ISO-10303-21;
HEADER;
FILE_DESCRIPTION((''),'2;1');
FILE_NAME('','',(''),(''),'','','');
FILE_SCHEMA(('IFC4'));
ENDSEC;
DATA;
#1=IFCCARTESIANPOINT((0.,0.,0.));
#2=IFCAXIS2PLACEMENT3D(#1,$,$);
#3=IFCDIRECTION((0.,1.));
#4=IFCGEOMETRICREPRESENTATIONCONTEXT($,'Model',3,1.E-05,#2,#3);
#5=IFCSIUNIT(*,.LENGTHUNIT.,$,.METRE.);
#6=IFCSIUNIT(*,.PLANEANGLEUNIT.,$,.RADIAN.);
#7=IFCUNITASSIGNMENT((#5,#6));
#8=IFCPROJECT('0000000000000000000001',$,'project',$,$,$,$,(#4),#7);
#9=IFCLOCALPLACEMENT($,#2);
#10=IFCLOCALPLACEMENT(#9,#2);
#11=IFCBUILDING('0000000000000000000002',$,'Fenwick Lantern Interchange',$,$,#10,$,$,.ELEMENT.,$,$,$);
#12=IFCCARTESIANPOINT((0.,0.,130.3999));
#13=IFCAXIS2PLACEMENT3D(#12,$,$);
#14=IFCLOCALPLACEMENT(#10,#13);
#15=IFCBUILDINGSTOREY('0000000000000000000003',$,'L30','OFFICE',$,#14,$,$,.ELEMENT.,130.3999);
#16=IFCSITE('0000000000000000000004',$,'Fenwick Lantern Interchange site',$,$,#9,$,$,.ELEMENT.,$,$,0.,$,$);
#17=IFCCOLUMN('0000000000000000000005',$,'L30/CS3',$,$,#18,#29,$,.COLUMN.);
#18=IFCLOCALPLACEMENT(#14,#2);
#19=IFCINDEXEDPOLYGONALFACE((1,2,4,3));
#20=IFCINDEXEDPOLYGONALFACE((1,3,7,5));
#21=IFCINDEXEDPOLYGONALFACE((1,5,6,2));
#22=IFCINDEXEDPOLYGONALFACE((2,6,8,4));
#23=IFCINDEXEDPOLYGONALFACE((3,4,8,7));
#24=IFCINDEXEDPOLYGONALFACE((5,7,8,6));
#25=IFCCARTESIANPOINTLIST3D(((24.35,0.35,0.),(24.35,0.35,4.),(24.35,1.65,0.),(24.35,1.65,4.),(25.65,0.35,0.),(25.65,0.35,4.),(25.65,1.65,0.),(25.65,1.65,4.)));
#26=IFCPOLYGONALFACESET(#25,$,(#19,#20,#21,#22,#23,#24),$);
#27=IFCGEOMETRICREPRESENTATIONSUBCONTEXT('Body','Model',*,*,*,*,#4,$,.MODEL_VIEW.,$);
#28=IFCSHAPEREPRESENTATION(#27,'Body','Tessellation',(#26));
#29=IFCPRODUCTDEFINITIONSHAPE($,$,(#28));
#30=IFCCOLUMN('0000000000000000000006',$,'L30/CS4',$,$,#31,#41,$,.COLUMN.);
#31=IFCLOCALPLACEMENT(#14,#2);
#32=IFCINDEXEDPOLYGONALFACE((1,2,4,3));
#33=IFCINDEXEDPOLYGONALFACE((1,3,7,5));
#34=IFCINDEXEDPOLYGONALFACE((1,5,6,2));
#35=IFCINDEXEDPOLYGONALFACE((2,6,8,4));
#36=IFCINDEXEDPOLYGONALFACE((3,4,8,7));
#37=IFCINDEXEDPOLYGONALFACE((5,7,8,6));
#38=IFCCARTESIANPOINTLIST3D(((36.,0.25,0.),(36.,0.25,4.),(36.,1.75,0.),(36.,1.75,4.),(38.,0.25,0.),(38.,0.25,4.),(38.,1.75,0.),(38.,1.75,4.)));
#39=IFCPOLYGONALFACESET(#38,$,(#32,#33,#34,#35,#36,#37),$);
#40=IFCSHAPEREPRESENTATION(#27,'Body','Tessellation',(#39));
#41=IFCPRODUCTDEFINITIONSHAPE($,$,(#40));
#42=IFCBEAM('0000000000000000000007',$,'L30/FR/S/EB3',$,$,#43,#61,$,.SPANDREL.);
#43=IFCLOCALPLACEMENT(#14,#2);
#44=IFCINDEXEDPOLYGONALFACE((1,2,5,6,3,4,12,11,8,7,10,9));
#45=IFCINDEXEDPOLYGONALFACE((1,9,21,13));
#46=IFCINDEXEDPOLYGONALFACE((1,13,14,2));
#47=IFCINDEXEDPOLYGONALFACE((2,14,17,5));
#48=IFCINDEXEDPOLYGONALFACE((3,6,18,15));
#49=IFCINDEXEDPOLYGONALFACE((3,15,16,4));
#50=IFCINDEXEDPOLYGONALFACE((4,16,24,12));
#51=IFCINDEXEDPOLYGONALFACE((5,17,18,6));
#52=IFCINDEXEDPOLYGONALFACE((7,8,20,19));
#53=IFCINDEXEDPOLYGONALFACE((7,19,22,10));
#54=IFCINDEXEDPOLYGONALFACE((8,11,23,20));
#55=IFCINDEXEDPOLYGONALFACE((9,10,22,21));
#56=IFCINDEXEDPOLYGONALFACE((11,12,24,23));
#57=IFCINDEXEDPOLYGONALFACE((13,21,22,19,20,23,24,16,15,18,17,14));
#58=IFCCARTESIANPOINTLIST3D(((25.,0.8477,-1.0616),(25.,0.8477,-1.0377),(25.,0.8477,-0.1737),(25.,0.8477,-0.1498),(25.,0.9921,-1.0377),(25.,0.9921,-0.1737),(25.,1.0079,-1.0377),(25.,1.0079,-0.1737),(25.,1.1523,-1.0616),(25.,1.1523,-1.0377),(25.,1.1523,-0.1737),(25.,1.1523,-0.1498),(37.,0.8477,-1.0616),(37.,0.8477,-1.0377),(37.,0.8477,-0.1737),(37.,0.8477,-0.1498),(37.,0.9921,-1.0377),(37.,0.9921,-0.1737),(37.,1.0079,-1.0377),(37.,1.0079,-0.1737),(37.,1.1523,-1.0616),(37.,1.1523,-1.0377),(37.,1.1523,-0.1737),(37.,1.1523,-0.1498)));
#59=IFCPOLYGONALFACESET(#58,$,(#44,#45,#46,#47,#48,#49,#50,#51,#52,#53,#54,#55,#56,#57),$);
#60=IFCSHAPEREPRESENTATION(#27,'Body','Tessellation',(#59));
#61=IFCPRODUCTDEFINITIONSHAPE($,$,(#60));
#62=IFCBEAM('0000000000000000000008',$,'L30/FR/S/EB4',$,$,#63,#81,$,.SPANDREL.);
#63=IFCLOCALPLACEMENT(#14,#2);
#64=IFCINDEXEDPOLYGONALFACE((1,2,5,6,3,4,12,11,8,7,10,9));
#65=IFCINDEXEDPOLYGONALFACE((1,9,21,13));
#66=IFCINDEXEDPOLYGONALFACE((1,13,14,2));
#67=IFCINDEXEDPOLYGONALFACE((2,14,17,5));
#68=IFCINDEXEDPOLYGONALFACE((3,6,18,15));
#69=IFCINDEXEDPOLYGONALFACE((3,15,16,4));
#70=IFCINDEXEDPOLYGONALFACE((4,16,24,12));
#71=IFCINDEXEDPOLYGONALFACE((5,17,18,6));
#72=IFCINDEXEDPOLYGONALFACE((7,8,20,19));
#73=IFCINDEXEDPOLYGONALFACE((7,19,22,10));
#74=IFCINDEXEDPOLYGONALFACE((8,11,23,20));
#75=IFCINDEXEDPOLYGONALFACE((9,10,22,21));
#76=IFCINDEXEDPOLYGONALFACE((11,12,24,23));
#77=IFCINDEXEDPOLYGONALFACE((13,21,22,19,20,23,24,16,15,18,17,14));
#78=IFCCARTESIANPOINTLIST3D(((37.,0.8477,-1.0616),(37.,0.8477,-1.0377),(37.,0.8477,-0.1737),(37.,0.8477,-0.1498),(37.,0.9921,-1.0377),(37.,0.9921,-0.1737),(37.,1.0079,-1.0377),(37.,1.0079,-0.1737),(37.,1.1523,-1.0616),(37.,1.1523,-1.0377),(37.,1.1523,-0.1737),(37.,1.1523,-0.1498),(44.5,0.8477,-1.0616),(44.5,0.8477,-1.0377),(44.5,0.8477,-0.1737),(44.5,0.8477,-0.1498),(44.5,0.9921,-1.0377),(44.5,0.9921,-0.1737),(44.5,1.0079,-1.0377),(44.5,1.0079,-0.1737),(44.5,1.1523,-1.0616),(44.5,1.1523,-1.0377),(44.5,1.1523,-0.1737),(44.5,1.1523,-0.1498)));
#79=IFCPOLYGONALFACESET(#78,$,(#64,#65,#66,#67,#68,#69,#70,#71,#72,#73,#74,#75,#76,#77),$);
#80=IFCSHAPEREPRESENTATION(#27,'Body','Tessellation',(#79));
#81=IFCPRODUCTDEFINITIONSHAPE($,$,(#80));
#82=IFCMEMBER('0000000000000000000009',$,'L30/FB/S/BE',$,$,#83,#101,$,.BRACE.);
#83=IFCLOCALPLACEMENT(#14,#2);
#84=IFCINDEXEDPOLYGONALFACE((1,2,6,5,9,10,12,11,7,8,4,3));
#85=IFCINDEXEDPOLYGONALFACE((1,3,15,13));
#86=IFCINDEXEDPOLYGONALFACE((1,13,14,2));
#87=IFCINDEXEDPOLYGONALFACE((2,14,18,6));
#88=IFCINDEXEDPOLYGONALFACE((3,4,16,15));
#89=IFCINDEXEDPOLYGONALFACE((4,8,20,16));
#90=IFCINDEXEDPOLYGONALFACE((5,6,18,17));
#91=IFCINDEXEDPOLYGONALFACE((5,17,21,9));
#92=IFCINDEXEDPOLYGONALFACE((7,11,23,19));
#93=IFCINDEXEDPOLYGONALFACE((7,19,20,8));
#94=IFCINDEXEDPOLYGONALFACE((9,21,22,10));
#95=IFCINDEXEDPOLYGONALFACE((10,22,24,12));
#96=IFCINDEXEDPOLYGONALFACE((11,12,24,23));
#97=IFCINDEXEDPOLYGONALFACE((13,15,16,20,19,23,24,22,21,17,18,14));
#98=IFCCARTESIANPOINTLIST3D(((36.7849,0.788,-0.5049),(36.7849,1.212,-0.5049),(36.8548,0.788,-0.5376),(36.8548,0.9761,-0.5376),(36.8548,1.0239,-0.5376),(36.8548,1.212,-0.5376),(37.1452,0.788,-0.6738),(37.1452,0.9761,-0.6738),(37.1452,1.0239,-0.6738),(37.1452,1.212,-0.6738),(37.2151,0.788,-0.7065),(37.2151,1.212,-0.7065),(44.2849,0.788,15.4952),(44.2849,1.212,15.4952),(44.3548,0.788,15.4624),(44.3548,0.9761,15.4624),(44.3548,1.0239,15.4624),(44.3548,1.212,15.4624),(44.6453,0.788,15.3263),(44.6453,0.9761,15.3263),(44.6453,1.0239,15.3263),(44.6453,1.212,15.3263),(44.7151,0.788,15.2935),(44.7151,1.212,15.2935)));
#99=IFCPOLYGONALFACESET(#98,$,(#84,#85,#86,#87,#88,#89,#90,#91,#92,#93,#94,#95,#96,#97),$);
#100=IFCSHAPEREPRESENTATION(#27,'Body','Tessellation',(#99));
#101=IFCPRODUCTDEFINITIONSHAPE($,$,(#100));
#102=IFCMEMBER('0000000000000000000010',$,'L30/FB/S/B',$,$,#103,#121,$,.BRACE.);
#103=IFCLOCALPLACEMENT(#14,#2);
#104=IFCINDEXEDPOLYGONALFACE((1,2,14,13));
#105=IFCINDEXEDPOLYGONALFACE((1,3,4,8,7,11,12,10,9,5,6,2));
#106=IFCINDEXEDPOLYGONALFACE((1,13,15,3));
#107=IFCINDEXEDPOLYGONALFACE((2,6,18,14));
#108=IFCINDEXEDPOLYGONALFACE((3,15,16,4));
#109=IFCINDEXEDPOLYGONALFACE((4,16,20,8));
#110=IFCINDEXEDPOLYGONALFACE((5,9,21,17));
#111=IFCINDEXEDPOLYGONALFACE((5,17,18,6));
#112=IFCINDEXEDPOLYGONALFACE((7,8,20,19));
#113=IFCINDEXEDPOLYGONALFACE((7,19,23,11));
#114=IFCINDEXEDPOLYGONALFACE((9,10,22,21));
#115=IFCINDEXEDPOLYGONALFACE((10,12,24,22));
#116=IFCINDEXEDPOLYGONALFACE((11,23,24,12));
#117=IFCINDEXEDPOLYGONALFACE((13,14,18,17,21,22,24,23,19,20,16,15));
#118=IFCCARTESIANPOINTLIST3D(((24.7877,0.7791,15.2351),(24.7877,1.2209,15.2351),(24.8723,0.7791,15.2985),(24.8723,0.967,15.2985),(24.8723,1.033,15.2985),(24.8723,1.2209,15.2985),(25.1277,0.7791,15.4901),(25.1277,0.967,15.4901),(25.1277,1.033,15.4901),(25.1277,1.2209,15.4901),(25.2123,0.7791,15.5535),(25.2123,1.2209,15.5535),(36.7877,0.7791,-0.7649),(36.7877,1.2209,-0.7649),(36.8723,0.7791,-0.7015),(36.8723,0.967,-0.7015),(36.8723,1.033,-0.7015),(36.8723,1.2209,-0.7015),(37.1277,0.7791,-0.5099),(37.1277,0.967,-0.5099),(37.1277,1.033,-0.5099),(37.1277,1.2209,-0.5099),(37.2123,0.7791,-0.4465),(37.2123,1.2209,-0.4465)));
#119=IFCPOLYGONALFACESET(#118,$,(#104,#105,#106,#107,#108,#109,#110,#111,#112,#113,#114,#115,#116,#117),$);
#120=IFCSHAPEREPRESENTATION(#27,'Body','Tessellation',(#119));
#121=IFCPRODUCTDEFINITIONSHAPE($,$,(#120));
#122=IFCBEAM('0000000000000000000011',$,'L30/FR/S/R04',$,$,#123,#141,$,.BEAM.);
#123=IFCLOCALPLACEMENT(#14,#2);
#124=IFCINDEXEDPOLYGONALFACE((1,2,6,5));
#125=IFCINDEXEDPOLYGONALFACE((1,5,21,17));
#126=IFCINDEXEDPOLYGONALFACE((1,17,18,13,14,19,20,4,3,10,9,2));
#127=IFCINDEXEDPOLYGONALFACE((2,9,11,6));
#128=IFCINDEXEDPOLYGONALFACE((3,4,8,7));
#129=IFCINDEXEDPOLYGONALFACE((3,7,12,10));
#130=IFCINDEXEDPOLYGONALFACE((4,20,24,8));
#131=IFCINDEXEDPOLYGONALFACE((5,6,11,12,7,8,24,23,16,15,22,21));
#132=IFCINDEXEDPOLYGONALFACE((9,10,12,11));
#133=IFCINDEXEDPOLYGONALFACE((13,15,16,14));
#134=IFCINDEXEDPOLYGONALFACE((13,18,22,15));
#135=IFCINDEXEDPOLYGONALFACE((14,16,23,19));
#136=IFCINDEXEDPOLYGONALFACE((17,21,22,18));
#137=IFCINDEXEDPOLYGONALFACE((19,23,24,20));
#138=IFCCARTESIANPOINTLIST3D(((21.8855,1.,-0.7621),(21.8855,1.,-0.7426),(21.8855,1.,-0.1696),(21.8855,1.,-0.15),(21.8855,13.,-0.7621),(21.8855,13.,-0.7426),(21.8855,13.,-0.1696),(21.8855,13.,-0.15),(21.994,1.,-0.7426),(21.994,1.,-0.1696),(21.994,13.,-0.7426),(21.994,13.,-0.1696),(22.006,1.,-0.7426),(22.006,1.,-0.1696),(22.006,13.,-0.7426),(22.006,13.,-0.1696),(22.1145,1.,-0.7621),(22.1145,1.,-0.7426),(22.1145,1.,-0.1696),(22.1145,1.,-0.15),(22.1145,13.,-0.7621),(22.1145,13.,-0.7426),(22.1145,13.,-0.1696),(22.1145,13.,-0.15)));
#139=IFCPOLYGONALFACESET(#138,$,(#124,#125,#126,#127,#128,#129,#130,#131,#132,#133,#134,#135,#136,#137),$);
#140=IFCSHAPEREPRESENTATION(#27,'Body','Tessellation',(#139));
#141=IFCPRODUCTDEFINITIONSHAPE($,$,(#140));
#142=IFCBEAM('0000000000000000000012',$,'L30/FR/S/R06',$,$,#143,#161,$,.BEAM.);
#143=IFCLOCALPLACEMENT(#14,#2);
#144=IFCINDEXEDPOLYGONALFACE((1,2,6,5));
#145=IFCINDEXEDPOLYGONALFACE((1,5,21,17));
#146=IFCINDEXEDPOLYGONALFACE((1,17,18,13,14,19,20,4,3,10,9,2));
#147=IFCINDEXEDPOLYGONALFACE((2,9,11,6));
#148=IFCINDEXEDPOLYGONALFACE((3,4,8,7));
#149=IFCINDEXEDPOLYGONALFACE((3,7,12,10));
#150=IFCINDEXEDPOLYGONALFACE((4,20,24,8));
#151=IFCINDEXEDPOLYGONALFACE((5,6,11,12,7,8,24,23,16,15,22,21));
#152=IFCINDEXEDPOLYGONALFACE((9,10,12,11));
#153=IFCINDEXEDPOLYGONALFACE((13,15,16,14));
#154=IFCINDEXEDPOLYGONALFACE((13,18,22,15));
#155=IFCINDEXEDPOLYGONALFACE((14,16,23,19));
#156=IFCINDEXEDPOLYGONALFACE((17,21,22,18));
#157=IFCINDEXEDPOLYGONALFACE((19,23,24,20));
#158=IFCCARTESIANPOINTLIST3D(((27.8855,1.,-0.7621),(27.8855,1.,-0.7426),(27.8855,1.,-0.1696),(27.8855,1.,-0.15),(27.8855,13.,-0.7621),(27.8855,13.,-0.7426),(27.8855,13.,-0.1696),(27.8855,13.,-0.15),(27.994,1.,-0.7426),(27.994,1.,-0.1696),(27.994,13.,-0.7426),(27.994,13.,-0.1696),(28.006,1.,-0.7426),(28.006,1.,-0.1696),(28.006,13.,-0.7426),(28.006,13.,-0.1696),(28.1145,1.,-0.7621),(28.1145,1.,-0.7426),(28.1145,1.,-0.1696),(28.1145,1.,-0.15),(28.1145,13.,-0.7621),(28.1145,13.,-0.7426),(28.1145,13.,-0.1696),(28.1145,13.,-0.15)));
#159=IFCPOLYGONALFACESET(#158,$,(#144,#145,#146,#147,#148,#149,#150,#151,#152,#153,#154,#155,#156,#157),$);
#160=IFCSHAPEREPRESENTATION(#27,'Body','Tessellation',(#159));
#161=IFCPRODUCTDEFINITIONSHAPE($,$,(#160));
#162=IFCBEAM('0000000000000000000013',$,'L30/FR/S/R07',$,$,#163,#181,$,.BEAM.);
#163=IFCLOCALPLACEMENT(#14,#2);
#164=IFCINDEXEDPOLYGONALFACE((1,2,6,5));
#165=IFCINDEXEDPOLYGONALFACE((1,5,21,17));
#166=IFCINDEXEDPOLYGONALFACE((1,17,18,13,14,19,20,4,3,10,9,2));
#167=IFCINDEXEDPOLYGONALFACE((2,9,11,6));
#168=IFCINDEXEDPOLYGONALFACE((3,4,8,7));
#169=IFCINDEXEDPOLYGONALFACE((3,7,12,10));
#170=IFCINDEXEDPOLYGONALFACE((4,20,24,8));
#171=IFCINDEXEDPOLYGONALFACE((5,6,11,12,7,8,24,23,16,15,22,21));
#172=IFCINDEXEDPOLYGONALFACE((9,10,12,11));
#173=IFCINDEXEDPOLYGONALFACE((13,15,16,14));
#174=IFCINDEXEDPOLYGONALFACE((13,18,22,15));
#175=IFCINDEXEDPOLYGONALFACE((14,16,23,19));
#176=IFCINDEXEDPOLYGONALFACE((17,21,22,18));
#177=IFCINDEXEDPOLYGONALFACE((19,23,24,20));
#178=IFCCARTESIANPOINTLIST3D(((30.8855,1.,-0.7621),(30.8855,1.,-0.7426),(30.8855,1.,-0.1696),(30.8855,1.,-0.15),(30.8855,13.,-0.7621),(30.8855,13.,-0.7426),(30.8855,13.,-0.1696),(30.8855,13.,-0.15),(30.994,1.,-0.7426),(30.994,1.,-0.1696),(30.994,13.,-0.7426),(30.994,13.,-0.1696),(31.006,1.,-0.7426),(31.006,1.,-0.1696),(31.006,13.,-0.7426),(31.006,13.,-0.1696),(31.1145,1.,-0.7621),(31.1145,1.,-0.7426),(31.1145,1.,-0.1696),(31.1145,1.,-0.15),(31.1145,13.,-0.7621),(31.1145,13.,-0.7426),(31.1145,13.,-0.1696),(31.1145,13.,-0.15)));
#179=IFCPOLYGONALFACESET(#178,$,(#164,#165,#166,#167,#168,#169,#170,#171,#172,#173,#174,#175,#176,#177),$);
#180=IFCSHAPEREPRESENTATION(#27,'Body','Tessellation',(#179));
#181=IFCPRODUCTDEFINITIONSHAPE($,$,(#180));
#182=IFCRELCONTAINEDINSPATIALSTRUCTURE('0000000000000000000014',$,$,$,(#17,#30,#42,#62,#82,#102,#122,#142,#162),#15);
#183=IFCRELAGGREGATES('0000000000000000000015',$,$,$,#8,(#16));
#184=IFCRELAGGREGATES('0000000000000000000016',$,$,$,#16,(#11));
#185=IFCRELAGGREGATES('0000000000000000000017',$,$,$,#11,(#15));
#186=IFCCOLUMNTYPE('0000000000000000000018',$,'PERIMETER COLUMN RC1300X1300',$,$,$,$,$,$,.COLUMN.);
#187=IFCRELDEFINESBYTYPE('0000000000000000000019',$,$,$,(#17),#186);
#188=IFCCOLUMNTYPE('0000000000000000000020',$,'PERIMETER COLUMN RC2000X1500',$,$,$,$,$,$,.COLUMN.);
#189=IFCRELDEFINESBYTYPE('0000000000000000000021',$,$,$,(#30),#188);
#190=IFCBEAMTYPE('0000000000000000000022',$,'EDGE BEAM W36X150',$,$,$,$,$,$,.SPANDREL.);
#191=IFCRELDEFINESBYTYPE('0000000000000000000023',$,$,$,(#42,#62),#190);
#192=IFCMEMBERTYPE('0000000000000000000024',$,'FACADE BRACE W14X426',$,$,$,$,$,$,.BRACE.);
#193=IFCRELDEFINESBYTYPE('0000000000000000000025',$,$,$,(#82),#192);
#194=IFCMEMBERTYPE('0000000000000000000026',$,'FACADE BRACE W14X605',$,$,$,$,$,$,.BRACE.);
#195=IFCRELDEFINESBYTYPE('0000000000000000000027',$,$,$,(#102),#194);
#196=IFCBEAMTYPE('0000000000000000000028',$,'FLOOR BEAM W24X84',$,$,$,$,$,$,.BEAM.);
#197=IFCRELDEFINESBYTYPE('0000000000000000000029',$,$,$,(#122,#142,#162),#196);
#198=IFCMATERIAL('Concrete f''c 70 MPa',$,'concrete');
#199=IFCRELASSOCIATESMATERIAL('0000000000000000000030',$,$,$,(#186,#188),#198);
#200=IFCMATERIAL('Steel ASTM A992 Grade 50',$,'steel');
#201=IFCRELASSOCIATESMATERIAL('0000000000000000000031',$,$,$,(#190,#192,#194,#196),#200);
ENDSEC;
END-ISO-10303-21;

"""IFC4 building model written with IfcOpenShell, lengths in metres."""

from ifc_helpers import new_model, si_unit, direction, frame, origin, origin_2d, place, context, subcontext, project, spatial, rectangle, i_section, extrude, material, material_profile, profile_set, type_object, element, save


model = new_model("IFC4")

# Units and contexts
model_context = context("Model", 3, precision=1e-05, world=origin(), true_north=direction((0.0, 1.0)))
body_context = subcontext(model_context, "Body", "Model", "MODEL_VIEW")
ifc_project = project(units=[si_unit("LENGTHUNIT", "METRE"), si_unit("PLANEANGLEUNIT", "RADIAN")], contexts=[model_context])

# Site, building, storey
site_placement = place(None, origin())
site = spatial("IfcSite", under=ifc_project, at=site_placement, Name="Fenwick Lantern Interchange site", CompositionType="ELEMENT", RefElevation=0.0)
building_placement = place(site_placement, origin())
building = spatial("IfcBuilding", under=site, at=building_placement, Name="Fenwick Lantern Interchange", CompositionType="ELEMENT")
storey_placement = place(building_placement, frame((0.0, 0.0, 130.3999)))
storey = spatial("IfcBuildingStorey", under=building, at=storey_placement, Name="L30", Description="OFFICE", CompositionType="ELEMENT", Elevation=130.3999)

# Columns
ifc_material_1 = material(Name="Concrete f'c 70 MPa", Category="concrete")
ifc_material_profile_1 = material_profile(ifc_material_1, rectangle(XDim=1.3, YDim=1.3, at=origin_2d()), Name="RC1300X1300")
ifc_profile_set_1 = profile_set([ifc_material_profile_1], Name="Concrete f'c 70 MPa")
column_type_1 = type_object("IfcColumnType", Name="PERIMETER COLUMN RC1300X1300", PredefinedType="COLUMN", material=ifc_profile_set_1)
column_1_placement = place(storey_placement, frame((25.0, 1.0, 0.0), z_axis=(0.0, 0.0, 1.0), x_axis=(1.0, 0.0, 0.0)))
element("IfcColumn", 1, at=column_1_placement, inside=storey, type_object=column_type_1, Name="L30/CS3", PredefinedType="COLUMN", context=body_context, shape_type="SweptSolid", body=[
    extrude(rectangle(XDim=1.3, YDim=1.3, at=origin_2d()), origin(), (0.0, 0.0, 1.0), 4.0),
])
ifc_material_profile_2 = material_profile(ifc_material_1, rectangle(XDim=2.0, YDim=1.5, at=origin_2d()), Name="RC2000X1500")
ifc_profile_set_2 = profile_set([ifc_material_profile_2], Name="Concrete f'c 70 MPa")
column_type_2 = type_object("IfcColumnType", Name="PERIMETER COLUMN RC2000X1500", PredefinedType="COLUMN", material=ifc_profile_set_2)
column_2_placement = place(storey_placement, frame((37.0, 1.0, 0.0), z_axis=(0.0, 0.0, 1.0), x_axis=(1.0, 0.0, 0.0)))
element("IfcColumn", 2, at=column_2_placement, inside=storey, type_object=column_type_2, Name="L30/CS4", PredefinedType="COLUMN", context=body_context, shape_type="SweptSolid", body=[
    extrude(rectangle(XDim=2.0, YDim=1.5, at=origin_2d()), origin(), (0.0, 0.0, 1.0), 4.0),
])

# Beams
ifc_material_2 = material(Name="Steel ASTM A992 Grade 50", Category="steel")
ifc_material_profile_3 = material_profile(ifc_material_2, i_section(OverallWidth=0.3047, OverallDepth=0.9119, WebThickness=0.0159, FlangeThickness=0.0239, at=origin_2d()), Name="W36X150")
ifc_profile_set_3 = profile_set([ifc_material_profile_3], Name="Steel ASTM A992 Grade 50")
beam_type_1 = type_object("IfcBeamType", Name="EDGE BEAM W36X150", PredefinedType="SPANDREL", material=ifc_profile_set_3)
beam_1_placement = place(storey_placement, frame((25.0, 1.0, -0.6057), z_axis=(1.0, 0.0, 0.0), x_axis=(0.0, 1.0, 0.0)))
element("IfcBeam", 3, at=beam_1_placement, inside=storey, type_object=beam_type_1, Name="L30/FR/S/EB3", PredefinedType="SPANDREL", context=body_context, shape_type="SweptSolid", body=[
    extrude(i_section(OverallWidth=0.3047, OverallDepth=0.9119, WebThickness=0.0159, FlangeThickness=0.0239, at=origin_2d()), origin(), (0.0, 0.0, 1.0), 12.0),
])
beam_2_placement = place(storey_placement, frame((37.0, 1.0, -0.6057), z_axis=(1.0, 0.0, 0.0), x_axis=(0.0, 1.0, 0.0)))
element("IfcBeam", 4, at=beam_2_placement, inside=storey, type_object=beam_type_1, Name="L30/FR/S/EB4", PredefinedType="SPANDREL", context=body_context, shape_type="SweptSolid", body=[
    extrude(i_section(OverallWidth=0.3047, OverallDepth=0.9119, WebThickness=0.0159, FlangeThickness=0.0239, at=origin_2d()), origin(), (0.0, 0.0, 1.0), 7.5),
])

# Members
ifc_material_profile_4 = material_profile(ifc_material_2, i_section(OverallWidth=0.4241, OverallDepth=0.4751, WebThickness=0.0479, FlangeThickness=0.0771, at=origin_2d()), Name="W14X426")
ifc_profile_set_4 = profile_set([ifc_material_profile_4], Name="Steel ASTM A992 Grade 50")
member_type_1 = type_object("IfcMemberType", Name="FACADE BRACE W14X426", PredefinedType="BRACE", material=ifc_profile_set_4)
member_1_placement = place(storey_placement, frame((37.0, 1.0, -0.6057), z_axis=(0.424434, 0.0, 0.905459), x_axis=(0.0, 1.0, 0.0)))
element("IfcMember", 5, at=member_1_placement, inside=storey, type_object=member_type_1, Name="L30/FB/S/BE", PredefinedType="BRACE", context=body_context, shape_type="SweptSolid", body=[
    extrude(i_section(OverallWidth=0.4241, OverallDepth=0.4751, WebThickness=0.0479, FlangeThickness=0.0771, at=origin_2d()), origin(), (0.0, 0.0, 1.0), 17.6707),
])
ifc_material_profile_5 = material_profile(ifc_material_2, i_section(OverallWidth=0.4419, OverallDepth=0.5308, WebThickness=0.0659, FlangeThickness=0.1057, at=origin_2d()), Name="W14X605")
ifc_profile_set_5 = profile_set([ifc_material_profile_5], Name="Steel ASTM A992 Grade 50")
member_type_2 = type_object("IfcMemberType", Name="FACADE BRACE W14X605", PredefinedType="BRACE", material=ifc_profile_set_5)
member_2_placement = place(storey_placement, frame((37.0, 1.0, -0.6057), z_axis=(-0.6, 0.0, 0.8), x_axis=(0.0, -1.0, 0.0)))
element("IfcMember", 6, at=member_2_placement, inside=storey, type_object=member_type_2, Name="L30/FB/S/B", PredefinedType="BRACE", context=body_context, shape_type="SweptSolid", body=[
    extrude(i_section(OverallWidth=0.4419, OverallDepth=0.5308, WebThickness=0.0659, FlangeThickness=0.1057, at=origin_2d()), origin(), (0.0, 0.0, 1.0), 20.0),
])

# Beams
ifc_material_profile_6 = material_profile(ifc_material_2, i_section(OverallWidth=0.229, OverallDepth=0.6121, WebThickness=0.012, FlangeThickness=0.0195, at=origin_2d()), Name="W24X84")
ifc_profile_set_6 = profile_set([ifc_material_profile_6], Name="Steel ASTM A992 Grade 50")
beam_type_2 = type_object("IfcBeamType", Name="FLOOR BEAM W24X84", PredefinedType="BEAM", material=ifc_profile_set_6)
for number, where, z_axis, x_axis, name in (
    (7, (22.0, 1.0, -0.4561), (0.0, 1.0, 0.0), (-1.0, 0.0, 0.0), "L30/FR/S/R04"),
    (8, (28.0, 1.0, -0.4561), (0.0, 1.0, 0.0), (-1.0, 0.0, 0.0), "L30/FR/S/R06"),
    (9, (31.0, 1.0, -0.4561), (0.0, 1.0, 0.0), (-1.0, 0.0, 0.0), "L30/FR/S/R07"),
):
    element("IfcBeam", number, at=place(storey_placement, frame(where, z_axis=z_axis, x_axis=x_axis)), inside=storey, type_object=beam_type_2, Name=name, PredefinedType="BEAM", context=body_context, shape_type="SweptSolid", body=[
        extrude(i_section(OverallWidth=0.229, OverallDepth=0.6121, WebThickness=0.012, FlangeThickness=0.0195, at=origin_2d()), origin(), (0.0, 0.0, 1.0), 12.0),
    ])

save(model, "model.ifc")
